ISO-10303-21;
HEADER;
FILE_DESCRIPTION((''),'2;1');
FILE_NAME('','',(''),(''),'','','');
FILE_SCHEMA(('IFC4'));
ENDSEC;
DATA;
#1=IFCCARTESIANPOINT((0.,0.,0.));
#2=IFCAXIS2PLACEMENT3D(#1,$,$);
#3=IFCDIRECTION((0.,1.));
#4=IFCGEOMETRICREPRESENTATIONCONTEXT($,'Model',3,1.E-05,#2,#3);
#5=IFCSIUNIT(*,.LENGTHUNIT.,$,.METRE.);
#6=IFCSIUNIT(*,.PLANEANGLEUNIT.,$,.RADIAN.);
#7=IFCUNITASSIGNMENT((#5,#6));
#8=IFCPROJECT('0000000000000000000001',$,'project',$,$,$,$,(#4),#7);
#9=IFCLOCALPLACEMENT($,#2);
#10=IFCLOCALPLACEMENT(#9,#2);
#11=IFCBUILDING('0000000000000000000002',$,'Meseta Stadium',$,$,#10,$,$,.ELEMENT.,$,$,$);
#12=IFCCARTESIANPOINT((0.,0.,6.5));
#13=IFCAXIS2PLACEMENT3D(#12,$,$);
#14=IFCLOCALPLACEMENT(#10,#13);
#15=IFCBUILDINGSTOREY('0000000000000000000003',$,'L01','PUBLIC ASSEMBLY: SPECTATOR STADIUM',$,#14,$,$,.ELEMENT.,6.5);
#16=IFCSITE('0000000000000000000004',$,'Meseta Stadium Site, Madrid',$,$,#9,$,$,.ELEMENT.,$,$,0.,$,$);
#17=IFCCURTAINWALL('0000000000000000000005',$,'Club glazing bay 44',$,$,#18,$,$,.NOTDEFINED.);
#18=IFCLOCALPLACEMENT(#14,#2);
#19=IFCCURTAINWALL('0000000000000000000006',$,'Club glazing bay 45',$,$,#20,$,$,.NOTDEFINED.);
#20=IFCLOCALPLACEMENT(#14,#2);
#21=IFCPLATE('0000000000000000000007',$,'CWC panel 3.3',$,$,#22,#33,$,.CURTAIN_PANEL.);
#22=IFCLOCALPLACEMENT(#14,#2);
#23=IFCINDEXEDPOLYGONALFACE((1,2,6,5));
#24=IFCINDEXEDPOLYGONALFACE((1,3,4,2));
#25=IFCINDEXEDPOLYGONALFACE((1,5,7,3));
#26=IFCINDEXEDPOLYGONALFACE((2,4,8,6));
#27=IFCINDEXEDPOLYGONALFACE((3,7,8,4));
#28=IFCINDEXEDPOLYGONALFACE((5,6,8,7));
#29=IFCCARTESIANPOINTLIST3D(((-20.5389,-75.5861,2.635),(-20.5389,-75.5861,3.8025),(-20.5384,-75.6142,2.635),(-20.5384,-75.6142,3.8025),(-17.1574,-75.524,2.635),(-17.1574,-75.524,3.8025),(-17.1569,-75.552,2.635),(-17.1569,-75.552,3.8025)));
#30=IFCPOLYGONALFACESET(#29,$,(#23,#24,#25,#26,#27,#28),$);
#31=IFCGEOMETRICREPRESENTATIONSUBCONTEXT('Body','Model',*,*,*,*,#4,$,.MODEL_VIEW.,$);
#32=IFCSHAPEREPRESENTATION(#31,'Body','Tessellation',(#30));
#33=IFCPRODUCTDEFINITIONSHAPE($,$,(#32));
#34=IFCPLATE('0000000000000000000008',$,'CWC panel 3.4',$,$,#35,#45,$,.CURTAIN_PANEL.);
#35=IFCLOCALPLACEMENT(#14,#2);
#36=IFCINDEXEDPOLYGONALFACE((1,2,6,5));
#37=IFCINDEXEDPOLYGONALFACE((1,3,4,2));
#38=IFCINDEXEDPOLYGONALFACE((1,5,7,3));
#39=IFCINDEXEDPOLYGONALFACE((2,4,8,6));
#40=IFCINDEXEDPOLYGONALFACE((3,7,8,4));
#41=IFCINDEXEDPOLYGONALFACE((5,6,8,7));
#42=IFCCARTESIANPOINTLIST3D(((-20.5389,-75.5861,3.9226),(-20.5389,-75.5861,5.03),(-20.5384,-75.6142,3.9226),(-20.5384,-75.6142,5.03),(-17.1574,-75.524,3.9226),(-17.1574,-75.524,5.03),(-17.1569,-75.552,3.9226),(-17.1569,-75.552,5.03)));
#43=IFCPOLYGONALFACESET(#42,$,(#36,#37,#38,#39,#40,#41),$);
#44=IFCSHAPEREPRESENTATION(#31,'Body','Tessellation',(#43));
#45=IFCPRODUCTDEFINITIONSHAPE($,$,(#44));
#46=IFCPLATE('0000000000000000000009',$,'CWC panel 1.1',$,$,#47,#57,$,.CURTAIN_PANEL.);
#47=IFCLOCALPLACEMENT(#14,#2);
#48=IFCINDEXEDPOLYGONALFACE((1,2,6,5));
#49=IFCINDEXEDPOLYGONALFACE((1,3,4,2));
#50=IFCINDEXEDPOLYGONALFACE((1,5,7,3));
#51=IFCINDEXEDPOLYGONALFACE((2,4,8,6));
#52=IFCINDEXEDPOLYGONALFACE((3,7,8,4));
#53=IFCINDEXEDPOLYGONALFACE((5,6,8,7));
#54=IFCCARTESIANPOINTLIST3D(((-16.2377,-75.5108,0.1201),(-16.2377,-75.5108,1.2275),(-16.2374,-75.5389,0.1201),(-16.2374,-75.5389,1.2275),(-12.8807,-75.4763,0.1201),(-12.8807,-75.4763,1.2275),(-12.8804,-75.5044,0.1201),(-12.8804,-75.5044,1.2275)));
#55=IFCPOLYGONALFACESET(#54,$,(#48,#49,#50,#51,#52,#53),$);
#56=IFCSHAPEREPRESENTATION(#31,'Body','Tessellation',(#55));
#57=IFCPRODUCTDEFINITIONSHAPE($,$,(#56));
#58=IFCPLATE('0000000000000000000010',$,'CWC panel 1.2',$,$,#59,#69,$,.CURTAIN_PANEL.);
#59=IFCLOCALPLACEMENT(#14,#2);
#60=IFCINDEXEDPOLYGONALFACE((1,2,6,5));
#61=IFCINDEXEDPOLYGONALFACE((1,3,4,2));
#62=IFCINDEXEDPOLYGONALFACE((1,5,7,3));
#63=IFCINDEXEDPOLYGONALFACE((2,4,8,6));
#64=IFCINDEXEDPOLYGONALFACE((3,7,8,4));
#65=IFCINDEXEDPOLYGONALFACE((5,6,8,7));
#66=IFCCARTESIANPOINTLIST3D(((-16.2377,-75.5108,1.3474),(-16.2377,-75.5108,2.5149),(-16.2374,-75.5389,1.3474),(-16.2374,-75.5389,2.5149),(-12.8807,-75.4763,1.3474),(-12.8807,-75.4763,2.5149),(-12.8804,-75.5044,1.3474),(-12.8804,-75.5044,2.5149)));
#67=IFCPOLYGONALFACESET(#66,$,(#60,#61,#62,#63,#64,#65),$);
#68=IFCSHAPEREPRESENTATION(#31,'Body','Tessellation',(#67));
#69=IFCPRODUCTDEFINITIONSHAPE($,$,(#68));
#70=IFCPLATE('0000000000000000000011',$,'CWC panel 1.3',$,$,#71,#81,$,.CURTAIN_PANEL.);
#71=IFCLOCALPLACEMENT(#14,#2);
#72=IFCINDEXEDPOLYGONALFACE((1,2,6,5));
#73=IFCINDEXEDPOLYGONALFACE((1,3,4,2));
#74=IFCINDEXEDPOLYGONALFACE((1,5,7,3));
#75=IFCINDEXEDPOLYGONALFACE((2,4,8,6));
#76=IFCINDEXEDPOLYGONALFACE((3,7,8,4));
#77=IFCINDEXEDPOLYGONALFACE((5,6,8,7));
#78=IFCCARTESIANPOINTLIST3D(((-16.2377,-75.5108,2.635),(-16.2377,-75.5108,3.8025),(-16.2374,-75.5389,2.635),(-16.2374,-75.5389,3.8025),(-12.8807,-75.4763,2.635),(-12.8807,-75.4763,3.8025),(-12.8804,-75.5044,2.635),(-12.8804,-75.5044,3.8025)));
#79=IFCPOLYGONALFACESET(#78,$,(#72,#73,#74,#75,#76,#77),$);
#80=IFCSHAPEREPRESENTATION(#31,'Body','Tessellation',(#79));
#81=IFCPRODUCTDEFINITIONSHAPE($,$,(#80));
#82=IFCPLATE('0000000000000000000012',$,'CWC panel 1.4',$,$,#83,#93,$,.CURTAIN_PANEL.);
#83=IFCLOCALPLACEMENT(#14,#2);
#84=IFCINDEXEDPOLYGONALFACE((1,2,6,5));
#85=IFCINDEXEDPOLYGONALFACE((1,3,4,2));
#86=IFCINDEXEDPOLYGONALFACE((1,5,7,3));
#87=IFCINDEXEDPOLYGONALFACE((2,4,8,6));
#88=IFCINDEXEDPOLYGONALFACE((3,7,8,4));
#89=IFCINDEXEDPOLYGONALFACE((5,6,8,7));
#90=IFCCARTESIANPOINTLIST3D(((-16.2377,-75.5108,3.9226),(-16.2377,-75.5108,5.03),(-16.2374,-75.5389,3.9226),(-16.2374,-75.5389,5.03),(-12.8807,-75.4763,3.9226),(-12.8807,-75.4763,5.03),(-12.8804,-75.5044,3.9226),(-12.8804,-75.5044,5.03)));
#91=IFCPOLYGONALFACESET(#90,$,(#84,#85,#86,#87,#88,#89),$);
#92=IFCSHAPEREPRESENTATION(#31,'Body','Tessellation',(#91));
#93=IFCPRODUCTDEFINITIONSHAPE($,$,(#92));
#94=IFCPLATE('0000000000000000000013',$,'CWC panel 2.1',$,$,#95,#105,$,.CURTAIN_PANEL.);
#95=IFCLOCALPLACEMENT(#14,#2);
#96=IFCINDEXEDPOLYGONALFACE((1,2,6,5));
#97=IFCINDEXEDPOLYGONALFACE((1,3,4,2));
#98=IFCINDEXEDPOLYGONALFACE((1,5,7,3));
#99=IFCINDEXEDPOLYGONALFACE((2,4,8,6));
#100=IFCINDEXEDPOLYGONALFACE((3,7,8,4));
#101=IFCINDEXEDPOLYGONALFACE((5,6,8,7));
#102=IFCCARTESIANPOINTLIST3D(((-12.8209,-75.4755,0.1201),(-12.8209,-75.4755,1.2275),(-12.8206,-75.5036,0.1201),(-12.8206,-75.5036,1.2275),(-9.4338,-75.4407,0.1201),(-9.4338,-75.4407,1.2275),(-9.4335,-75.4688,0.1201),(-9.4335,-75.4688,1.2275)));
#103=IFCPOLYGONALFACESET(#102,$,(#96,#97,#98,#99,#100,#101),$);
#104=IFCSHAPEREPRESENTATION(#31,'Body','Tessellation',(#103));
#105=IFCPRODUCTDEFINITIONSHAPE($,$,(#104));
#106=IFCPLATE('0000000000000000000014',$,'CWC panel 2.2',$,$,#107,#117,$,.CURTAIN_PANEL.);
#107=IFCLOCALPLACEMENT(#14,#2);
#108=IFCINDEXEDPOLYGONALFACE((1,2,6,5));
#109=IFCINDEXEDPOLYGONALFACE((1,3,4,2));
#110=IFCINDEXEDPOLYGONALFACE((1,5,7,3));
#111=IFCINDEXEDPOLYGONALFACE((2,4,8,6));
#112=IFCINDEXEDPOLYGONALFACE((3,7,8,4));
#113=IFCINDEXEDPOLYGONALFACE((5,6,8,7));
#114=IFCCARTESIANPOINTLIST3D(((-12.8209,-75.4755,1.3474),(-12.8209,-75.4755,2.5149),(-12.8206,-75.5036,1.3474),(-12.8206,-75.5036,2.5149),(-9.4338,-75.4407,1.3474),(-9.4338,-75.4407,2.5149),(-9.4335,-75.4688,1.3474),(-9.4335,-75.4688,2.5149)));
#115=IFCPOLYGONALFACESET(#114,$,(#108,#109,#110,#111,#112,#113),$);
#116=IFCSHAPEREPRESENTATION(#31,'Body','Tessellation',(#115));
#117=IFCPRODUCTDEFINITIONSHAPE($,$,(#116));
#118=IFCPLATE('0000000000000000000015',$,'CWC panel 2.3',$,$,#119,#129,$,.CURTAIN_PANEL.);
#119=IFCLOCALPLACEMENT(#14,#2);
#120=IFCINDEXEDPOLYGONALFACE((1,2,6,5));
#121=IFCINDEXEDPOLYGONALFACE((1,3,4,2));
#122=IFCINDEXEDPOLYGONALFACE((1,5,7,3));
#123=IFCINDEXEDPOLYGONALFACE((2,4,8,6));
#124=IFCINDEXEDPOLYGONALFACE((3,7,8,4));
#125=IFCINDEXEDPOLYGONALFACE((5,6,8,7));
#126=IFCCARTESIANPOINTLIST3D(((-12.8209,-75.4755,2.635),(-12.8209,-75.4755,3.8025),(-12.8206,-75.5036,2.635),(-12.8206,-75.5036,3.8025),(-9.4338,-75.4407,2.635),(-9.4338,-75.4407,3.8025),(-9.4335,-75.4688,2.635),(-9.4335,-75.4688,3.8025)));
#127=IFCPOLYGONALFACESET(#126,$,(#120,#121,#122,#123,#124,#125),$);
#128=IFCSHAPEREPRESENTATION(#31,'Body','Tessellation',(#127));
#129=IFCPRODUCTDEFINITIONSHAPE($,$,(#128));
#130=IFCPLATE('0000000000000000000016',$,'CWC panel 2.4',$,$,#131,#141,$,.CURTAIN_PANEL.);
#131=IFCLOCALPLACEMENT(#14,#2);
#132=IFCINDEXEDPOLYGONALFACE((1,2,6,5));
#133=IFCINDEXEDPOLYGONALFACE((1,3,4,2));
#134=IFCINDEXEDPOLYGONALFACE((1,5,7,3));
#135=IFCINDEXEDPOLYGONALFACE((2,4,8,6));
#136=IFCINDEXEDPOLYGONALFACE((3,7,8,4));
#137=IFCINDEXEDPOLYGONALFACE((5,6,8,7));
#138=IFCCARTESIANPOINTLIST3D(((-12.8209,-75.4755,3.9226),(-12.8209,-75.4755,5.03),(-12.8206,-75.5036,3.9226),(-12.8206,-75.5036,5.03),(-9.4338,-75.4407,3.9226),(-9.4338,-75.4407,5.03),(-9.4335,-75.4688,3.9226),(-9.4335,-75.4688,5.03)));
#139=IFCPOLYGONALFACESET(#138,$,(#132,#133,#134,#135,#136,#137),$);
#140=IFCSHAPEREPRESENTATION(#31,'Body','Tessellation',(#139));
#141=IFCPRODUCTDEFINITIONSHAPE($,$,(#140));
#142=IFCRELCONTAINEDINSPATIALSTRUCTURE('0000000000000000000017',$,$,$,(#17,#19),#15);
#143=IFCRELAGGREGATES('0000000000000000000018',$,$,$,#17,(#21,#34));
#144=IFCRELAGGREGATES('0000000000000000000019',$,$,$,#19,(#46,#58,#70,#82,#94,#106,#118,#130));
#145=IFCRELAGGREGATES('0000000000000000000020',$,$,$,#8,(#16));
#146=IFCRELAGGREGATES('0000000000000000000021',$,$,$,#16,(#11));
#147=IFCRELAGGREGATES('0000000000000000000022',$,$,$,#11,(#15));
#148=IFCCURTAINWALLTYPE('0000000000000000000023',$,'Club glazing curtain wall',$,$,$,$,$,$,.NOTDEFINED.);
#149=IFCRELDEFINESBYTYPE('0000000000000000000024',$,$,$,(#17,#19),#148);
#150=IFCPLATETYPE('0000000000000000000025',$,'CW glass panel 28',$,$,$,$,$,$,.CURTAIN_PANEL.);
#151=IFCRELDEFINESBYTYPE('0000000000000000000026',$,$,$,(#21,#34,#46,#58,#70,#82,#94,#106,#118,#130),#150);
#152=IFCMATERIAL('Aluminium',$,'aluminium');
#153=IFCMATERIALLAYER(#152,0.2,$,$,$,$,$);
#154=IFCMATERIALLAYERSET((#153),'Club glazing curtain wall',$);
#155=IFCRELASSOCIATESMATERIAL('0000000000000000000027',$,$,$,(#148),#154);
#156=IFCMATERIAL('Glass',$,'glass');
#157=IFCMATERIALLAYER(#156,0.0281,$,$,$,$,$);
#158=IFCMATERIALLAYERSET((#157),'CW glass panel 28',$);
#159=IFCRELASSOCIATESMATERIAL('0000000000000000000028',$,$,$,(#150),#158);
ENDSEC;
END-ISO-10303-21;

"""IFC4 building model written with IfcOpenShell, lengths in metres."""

from ifc_helpers import new_model, si_unit, direction, frame, origin, origin_2d, place, context, subcontext, project, spatial, rectangle, extrude, material, layer, layer_set, type_object, element, aggregate, save


model = new_model("IFC4")

# Units and contexts
model_context = context("Model", 3, precision=1e-05, world=origin(), true_north=direction((0.0, 1.0)))
body_context = subcontext(model_context, "Body", "Model", "MODEL_VIEW")
ifc_project = project(units=[si_unit("LENGTHUNIT", "METRE"), si_unit("PLANEANGLEUNIT", "RADIAN")], contexts=[model_context])

# Site, building, storey
site_placement = place(None, origin())
site = spatial("IfcSite", under=ifc_project, at=site_placement, Name="Meseta Stadium Site, Madrid", CompositionType="ELEMENT", RefElevation=0.0)
building_placement = place(site_placement, origin())
building = spatial("IfcBuilding", under=site, at=building_placement, Name="Meseta Stadium", CompositionType="ELEMENT")
storey_placement = place(building_placement, frame((0.0, 0.0, 6.5)))
storey = spatial("IfcBuildingStorey", under=building, at=storey_placement, Name="L01", Description="PUBLIC ASSEMBLY: SPECTATOR STADIUM", CompositionType="ELEMENT", Elevation=6.5)

# Curtain walls
ifc_material_1 = material(Name="Aluminium", Category="aluminium")
ifc_layer_1 = layer(ifc_material_1, 0.2)
ifc_layer_set_1 = layer_set([ifc_layer_1], Name="Club glazing curtain wall")
curtain_wall_type = type_object("IfcCurtainWallType", Name="Club glazing curtain wall", PredefinedType="NOTDEFINED", material=ifc_layer_set_1)
curtain_wall_1_placement = place(storey_placement, origin())
curtain_wall_1 = element("IfcCurtainWall", 1, at=curtain_wall_1_placement, inside=storey, type_object=curtain_wall_type, Name="Club glazing bay 44", PredefinedType="NOTDEFINED")
curtain_wall_2_placement = place(storey_placement, origin())
curtain_wall_2 = element("IfcCurtainWall", 2, at=curtain_wall_2_placement, inside=storey, type_object=curtain_wall_type, Name="Club glazing bay 45", PredefinedType="NOTDEFINED")

# Plates
ifc_material_2 = material(Name="Glass", Category="glass")
ifc_layer_2 = layer(ifc_material_2, 0.0281)
ifc_layer_set_2 = layer_set([ifc_layer_2], Name="CW glass panel 28")
plate_type = type_object("IfcPlateType", Name="CW glass panel 28", PredefinedType="CURTAIN_PANEL", material=ifc_layer_set_2)
plate_1_placement = place(storey_placement, frame((-18.8479, -75.5691, 2.635), z_axis=(0.0, 0.0, 1.0), x_axis=(0.999831, 0.018384, 0.0)))
plate_1 = element("IfcPlate", 3, at=plate_1_placement, type_object=plate_type, Name="CWC panel 3.3", PredefinedType="CURTAIN_PANEL", context=body_context, shape_type="SweptSolid", body=[
    extrude(rectangle(XDim=3.3821, YDim=0.0281, at=origin_2d()), origin(), (0.0, 0.0, 1.0), 1.1675),
])
plate_2_placement = place(storey_placement, frame((-18.8479, -75.5691, 3.9226), z_axis=(0.0, 0.0, 1.0), x_axis=(0.999831, 0.018384, 0.0)))
plate_2 = element("IfcPlate", 4, at=plate_2_placement, type_object=plate_type, Name="CWC panel 3.4", PredefinedType="CURTAIN_PANEL", context=body_context, shape_type="SweptSolid", body=[
    extrude(rectangle(XDim=3.3821, YDim=0.0281, at=origin_2d()), origin(), (0.0, 0.0, 1.0), 1.1074),
])
aggregate(curtain_wall_1, [plate_1, plate_2])
plate_3_placement = place(storey_placement, frame((-14.5591, -75.5076, 0.1201), z_axis=(0.0, 0.0, 1.0), x_axis=(0.999947, 0.010279, 0.0)))
plate_3 = element("IfcPlate", 5, at=plate_3_placement, type_object=plate_type, Name="CWC panel 1.1", PredefinedType="CURTAIN_PANEL", context=body_context, shape_type="SweptSolid", body=[
    extrude(rectangle(XDim=3.3572, YDim=0.0281, at=origin_2d()), origin(), (0.0, 0.0, 1.0), 1.1074),
])
plate_4_placement = place(storey_placement, frame((-14.5591, -75.5076, 1.3474), z_axis=(0.0, 0.0, 1.0), x_axis=(0.999947, 0.010279, 0.0)))
plate_4 = element("IfcPlate", 6, at=plate_4_placement, type_object=plate_type, Name="CWC panel 1.2", PredefinedType="CURTAIN_PANEL", context=body_context, shape_type="SweptSolid", body=[
    extrude(rectangle(XDim=3.3572, YDim=0.0281, at=origin_2d()), origin(), (0.0, 0.0, 1.0), 1.1675),
])
plate_5_placement = place(storey_placement, frame((-14.5591, -75.5076, 2.635), z_axis=(0.0, 0.0, 1.0), x_axis=(0.999947, 0.010279, 0.0)))
plate_5 = element("IfcPlate", 7, at=plate_5_placement, type_object=plate_type, Name="CWC panel 1.3", PredefinedType="CURTAIN_PANEL", context=body_context, shape_type="SweptSolid", body=[
    extrude(rectangle(XDim=3.3572, YDim=0.0281, at=origin_2d()), origin(), (0.0, 0.0, 1.0), 1.1675),
])
plate_6_placement = place(storey_placement, frame((-14.5591, -75.5076, 3.9226), z_axis=(0.0, 0.0, 1.0), x_axis=(0.999947, 0.010279, 0.0)))
plate_6 = element("IfcPlate", 8, at=plate_6_placement, type_object=plate_type, Name="CWC panel 1.4", PredefinedType="CURTAIN_PANEL", context=body_context, shape_type="SweptSolid", body=[
    extrude(rectangle(XDim=3.3572, YDim=0.0281, at=origin_2d()), origin(), (0.0, 0.0, 1.0), 1.1074),
])
plate_7_placement = place(storey_placement, frame((-11.1272, -75.4722, 0.1201), z_axis=(0.0, 0.0, 1.0), x_axis=(0.999947, 0.010279, 0.0)))
plate_7 = element("IfcPlate", 9, at=plate_7_placement, type_object=plate_type, Name="CWC panel 2.1", PredefinedType="CURTAIN_PANEL", context=body_context, shape_type="SweptSolid", body=[
    extrude(rectangle(XDim=3.3872, YDim=0.0281, at=origin_2d()), origin(), (0.0, 0.0, 1.0), 1.1074),
])
plate_8_placement = place(storey_placement, frame((-11.1272, -75.4722, 1.3474), z_axis=(0.0, 0.0, 1.0), x_axis=(0.999947, 0.010279, 0.0)))
plate_8 = element("IfcPlate", 10, at=plate_8_placement, type_object=plate_type, Name="CWC panel 2.2", PredefinedType="CURTAIN_PANEL", context=body_context, shape_type="SweptSolid", body=[
    extrude(rectangle(XDim=3.3872, YDim=0.0281, at=origin_2d()), origin(), (0.0, 0.0, 1.0), 1.1675),
])
plate_9_placement = place(storey_placement, frame((-11.1272, -75.4722, 2.635), z_axis=(0.0, 0.0, 1.0), x_axis=(0.999947, 0.010279, 0.0)))
plate_9 = element("IfcPlate", 11, at=plate_9_placement, type_object=plate_type, Name="CWC panel 2.3", PredefinedType="CURTAIN_PANEL", context=body_context, shape_type="SweptSolid", body=[
    extrude(rectangle(XDim=3.3872, YDim=0.0281, at=origin_2d()), origin(), (0.0, 0.0, 1.0), 1.1675),
])
plate_10_placement = place(storey_placement, frame((-11.1272, -75.4722, 3.9226), z_axis=(0.0, 0.0, 1.0), x_axis=(0.999947, 0.010279, 0.0)))
plate_10 = element("IfcPlate", 12, at=plate_10_placement, type_object=plate_type, Name="CWC panel 2.4", PredefinedType="CURTAIN_PANEL", context=body_context, shape_type="SweptSolid", body=[
    extrude(rectangle(XDim=3.3872, YDim=0.0281, at=origin_2d()), origin(), (0.0, 0.0, 1.0), 1.1074),
])
aggregate(curtain_wall_2, [plate_3, plate_4, plate_5, plate_6, plate_7, plate_8, plate_9, plate_10])

save(model, "model.ifc")
